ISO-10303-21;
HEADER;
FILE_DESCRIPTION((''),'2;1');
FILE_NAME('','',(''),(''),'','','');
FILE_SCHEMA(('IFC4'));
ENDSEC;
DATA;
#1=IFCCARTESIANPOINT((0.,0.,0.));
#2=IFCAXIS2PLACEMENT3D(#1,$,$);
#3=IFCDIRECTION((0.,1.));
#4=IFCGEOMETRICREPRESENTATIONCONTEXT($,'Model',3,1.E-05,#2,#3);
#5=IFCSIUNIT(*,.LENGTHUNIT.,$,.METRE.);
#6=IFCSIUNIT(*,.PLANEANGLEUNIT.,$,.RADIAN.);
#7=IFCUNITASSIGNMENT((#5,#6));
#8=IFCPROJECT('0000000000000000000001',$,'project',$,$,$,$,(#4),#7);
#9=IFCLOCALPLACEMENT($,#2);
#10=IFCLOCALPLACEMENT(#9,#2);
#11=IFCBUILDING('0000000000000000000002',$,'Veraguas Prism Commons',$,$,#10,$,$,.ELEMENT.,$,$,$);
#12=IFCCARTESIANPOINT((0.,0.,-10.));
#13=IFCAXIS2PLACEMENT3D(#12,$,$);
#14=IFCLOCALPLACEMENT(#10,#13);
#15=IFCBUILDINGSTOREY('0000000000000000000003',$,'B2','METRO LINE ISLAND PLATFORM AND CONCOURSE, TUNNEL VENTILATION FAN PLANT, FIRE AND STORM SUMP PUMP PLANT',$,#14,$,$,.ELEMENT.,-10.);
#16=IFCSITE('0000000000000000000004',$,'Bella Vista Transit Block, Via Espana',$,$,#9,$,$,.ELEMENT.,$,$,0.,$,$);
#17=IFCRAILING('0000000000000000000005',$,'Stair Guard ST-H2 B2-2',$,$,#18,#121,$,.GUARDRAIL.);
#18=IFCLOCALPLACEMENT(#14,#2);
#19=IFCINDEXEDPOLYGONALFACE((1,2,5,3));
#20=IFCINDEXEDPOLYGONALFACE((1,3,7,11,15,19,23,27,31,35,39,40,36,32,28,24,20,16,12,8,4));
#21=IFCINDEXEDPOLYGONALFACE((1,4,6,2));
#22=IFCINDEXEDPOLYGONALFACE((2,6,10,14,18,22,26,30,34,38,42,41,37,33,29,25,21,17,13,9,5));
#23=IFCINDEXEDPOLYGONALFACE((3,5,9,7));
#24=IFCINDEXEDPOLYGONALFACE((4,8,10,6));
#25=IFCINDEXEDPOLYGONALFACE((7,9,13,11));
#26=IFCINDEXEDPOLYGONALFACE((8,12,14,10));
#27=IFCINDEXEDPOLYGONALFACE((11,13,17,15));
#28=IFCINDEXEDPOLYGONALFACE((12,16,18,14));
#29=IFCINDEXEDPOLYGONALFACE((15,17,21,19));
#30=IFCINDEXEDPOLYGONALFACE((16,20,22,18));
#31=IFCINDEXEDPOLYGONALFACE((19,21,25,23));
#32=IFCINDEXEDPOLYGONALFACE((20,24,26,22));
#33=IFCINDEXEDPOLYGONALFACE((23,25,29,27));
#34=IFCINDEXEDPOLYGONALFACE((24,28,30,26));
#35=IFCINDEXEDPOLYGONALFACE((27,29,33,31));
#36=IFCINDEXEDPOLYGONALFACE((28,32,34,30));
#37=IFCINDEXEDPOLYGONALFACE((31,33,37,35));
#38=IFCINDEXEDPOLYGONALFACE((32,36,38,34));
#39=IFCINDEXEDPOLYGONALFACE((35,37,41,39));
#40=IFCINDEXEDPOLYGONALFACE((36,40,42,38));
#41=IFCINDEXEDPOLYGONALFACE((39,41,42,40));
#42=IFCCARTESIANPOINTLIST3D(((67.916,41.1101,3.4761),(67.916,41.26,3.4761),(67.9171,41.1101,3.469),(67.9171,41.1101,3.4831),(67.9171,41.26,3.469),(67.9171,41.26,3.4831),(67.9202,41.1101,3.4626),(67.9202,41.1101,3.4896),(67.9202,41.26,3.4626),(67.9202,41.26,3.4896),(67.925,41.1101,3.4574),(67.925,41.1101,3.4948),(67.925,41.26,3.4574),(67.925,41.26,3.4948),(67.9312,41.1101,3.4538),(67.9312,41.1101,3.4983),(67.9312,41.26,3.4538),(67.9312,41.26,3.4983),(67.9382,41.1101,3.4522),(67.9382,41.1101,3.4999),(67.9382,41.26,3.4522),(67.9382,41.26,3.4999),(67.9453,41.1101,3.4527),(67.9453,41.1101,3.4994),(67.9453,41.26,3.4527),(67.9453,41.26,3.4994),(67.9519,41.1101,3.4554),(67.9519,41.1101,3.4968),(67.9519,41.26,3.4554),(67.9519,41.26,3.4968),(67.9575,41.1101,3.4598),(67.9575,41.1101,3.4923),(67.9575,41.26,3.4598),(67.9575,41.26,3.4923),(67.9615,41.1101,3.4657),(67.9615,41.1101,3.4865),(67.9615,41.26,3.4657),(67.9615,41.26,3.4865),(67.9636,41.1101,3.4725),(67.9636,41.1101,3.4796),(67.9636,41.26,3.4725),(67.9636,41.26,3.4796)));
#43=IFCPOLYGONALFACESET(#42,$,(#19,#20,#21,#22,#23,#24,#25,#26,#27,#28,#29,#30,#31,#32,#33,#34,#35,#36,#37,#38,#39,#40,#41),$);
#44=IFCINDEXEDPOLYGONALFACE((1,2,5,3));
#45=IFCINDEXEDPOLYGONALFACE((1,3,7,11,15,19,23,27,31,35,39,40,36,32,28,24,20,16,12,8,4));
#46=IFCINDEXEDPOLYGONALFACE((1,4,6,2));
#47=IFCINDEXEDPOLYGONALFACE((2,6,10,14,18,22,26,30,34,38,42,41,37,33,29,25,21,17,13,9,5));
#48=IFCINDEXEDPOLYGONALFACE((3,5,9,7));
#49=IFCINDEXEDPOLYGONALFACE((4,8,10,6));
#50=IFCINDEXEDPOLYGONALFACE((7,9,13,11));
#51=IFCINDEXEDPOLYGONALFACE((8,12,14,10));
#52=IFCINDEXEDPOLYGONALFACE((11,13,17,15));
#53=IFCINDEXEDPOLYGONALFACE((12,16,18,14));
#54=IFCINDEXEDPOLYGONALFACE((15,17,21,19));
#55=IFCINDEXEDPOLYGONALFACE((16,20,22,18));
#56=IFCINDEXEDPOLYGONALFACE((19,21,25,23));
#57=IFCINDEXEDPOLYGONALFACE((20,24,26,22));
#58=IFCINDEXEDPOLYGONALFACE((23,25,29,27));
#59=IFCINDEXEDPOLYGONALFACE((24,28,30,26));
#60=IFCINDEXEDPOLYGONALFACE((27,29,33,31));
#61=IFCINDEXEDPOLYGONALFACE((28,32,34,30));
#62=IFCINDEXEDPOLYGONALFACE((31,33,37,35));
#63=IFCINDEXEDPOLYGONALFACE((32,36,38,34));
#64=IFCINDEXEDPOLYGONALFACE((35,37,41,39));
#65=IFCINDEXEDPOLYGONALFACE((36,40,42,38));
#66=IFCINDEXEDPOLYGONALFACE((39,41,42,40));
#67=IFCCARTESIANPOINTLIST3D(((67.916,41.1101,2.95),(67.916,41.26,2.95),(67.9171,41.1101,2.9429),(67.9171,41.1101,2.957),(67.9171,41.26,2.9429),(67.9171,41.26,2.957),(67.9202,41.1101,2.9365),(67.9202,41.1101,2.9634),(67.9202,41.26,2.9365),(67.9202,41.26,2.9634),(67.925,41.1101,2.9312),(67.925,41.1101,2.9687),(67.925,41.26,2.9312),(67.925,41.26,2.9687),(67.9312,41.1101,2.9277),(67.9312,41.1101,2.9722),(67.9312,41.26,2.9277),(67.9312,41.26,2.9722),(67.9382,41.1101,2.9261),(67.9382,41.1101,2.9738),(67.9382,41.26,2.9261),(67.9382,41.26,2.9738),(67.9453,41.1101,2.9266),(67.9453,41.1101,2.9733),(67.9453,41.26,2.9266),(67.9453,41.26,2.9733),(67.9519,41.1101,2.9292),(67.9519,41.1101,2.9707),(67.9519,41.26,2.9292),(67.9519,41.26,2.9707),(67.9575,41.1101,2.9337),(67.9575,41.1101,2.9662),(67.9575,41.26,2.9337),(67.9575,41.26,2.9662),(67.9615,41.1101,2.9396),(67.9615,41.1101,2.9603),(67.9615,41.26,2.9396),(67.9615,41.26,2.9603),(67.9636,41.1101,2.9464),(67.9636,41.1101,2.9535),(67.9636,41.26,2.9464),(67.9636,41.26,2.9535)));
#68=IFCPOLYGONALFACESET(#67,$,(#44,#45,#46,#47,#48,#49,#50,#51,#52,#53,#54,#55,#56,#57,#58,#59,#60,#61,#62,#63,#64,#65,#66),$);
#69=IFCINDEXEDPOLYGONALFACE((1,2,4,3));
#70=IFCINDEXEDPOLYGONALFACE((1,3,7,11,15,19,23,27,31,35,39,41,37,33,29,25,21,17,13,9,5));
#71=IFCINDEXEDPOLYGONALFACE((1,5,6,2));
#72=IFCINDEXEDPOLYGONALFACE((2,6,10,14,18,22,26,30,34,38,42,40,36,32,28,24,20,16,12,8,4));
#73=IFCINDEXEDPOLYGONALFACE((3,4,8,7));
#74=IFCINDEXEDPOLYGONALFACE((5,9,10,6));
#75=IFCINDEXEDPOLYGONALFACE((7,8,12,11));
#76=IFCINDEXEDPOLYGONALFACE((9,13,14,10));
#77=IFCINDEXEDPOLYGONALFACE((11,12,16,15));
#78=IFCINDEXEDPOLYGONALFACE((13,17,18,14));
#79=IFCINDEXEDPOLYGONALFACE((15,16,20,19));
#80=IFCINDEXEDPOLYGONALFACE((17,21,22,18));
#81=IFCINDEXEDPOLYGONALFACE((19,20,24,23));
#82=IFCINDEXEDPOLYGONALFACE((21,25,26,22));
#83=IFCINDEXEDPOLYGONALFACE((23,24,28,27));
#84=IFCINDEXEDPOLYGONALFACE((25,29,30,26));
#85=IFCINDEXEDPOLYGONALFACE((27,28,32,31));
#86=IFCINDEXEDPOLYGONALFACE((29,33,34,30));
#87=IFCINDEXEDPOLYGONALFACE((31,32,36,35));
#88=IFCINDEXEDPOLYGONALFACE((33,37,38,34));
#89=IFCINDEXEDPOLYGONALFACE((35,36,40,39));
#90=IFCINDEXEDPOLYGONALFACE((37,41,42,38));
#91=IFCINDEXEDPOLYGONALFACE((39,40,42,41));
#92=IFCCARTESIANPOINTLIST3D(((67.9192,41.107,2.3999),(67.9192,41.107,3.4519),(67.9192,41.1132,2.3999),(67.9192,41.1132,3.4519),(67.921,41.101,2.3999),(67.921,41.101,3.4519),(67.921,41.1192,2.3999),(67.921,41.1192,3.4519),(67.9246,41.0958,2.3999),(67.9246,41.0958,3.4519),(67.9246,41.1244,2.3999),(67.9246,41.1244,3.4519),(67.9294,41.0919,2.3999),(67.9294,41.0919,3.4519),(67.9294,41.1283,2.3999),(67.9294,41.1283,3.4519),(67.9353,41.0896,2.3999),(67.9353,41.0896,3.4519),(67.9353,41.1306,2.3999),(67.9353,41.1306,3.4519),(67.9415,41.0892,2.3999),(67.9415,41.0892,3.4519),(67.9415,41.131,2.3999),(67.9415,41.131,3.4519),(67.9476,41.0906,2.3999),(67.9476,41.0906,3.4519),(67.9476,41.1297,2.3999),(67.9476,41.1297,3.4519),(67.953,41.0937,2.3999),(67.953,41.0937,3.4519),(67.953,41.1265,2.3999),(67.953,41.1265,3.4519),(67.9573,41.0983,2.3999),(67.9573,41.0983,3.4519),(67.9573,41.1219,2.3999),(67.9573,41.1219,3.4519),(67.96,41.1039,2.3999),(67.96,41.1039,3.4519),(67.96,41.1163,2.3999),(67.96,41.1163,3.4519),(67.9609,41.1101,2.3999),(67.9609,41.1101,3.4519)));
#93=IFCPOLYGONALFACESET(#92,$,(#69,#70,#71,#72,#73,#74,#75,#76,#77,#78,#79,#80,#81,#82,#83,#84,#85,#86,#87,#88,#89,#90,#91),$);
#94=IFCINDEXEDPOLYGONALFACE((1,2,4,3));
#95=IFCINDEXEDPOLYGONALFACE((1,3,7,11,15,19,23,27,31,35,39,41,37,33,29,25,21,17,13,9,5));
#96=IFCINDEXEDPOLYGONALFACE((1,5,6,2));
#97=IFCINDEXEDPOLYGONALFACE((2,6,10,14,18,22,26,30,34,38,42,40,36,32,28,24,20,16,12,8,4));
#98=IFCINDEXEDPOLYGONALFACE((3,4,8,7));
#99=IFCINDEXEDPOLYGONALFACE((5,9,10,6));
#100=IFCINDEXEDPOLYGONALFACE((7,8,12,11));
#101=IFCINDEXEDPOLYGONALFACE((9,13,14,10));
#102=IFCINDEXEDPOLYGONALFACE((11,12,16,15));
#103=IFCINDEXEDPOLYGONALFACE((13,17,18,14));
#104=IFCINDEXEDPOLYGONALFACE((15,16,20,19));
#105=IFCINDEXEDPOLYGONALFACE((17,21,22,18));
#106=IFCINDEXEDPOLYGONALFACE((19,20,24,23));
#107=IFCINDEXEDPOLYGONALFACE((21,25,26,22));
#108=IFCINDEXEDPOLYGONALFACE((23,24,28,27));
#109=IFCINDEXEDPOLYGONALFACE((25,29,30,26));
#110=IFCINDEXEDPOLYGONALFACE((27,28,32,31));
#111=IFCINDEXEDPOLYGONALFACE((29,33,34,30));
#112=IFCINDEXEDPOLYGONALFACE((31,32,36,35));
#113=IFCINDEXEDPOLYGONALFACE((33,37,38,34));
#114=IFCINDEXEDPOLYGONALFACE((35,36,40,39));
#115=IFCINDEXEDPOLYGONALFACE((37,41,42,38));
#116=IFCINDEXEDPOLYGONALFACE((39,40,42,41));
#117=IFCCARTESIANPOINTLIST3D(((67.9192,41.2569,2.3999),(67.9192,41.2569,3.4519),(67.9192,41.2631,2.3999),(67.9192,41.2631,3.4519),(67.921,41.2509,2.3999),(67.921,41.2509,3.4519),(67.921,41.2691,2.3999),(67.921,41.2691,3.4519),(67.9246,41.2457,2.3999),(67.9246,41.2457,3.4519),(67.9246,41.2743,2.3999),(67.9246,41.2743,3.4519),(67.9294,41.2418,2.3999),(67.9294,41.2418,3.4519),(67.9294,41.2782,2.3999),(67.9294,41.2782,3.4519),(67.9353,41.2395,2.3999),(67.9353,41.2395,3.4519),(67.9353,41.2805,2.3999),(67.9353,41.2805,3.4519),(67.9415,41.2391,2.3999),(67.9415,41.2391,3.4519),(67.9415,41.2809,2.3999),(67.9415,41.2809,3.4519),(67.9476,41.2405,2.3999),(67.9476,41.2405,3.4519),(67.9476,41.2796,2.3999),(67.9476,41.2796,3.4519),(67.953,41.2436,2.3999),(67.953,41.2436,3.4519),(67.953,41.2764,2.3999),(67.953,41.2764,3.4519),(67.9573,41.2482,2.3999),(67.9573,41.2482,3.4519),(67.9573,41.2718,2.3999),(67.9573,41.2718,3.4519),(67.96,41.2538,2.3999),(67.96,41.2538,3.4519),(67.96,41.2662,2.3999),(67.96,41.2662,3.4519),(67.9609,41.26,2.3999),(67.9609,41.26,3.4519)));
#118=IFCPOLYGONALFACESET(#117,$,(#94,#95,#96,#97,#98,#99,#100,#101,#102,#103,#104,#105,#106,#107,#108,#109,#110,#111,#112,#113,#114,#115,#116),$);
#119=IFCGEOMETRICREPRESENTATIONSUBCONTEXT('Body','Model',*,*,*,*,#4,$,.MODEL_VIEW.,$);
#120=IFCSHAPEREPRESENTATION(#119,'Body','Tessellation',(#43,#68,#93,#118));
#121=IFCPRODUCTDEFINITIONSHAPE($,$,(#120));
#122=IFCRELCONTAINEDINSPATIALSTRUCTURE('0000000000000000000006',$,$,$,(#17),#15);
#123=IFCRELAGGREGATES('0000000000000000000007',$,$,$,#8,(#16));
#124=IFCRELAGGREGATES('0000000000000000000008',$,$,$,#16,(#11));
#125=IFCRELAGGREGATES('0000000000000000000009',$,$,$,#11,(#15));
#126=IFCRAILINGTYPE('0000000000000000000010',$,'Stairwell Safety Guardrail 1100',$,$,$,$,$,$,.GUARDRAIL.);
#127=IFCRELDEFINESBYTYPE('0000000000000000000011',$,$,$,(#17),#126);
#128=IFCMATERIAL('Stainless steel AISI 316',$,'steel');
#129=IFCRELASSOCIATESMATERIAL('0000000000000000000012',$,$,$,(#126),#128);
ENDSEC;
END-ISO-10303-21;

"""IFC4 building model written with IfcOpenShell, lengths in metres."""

from ifc_helpers import new_model, si_unit, direction, frame, origin, origin_2d, place, context, subcontext, project, spatial, circle, extrude, material, type_object, element, save


model = new_model("IFC4")

# Units and contexts
model_context = context("Model", 3, precision=1e-05, world=origin(), true_north=direction((0.0, 1.0)))
body_context = subcontext(model_context, "Body", "Model", "MODEL_VIEW")
ifc_project = project(units=[si_unit("LENGTHUNIT", "METRE"), si_unit("PLANEANGLEUNIT", "RADIAN")], contexts=[model_context])

# Site, building, storey
site_placement = place(None, origin())
site = spatial("IfcSite", under=ifc_project, at=site_placement, Name="Bella Vista Transit Block, Via Espana", CompositionType="ELEMENT", RefElevation=0.0)
building_placement = place(site_placement, origin())
building = spatial("IfcBuilding", under=site, at=building_placement, Name="Veraguas Prism Commons", CompositionType="ELEMENT")
storey_placement = place(building_placement, frame((0.0, 0.0, -10.0)))
storey = spatial("IfcBuildingStorey", under=building, at=storey_placement, Name="B2", Description="METRO LINE ISLAND PLATFORM AND CONCOURSE, TUNNEL VENTILATION FAN PLANT, FIRE AND STORM SUMP PUMP PLANT", CompositionType="ELEMENT", Elevation=-10.0)

# Railing
ifc_material_1 = material(Name="Stainless steel AISI 316", Category="steel")
railing_type_1 = type_object("IfcRailingType", Name="Stairwell Safety Guardrail 1100", PredefinedType="GUARDRAIL", material=ifc_material_1)
railing_1_placement = place(storey_placement, frame((67.9399, 41.1101, 2.3999)))
element("IfcRailing", 1, at=railing_1_placement, inside=storey, type_object=railing_type_1, Name="Stair Guard ST-H2 B2-2", PredefinedType="GUARDRAIL", context=body_context, shape_type="SweptSolid", body=[
    extrude(circle(Radius=0.0239, at=origin_2d()), frame((0.0, 0.0, 1.0762), z_axis=(0.0, 1.0, 0.0), x_axis=(-1.0, 0.0, 0.0)), (0.0, 0.0, 1.0), 0.1499),
    extrude(circle(Radius=0.0239, at=origin_2d()), frame((0.0, 0.0, 0.55), z_axis=(0.0, 1.0, 0.0), x_axis=(-1.0, 0.0, 0.0)), (0.0, 0.0, 1.0), 0.1499),
    extrude(circle(Radius=0.021, at=origin_2d()), origin(), (0.0, 0.0, 1.0), 1.052),
    extrude(circle(Radius=0.021, at=origin_2d()), frame((0.0, 0.1499, 0.0)), (0.0, 0.0, 1.0), 1.052),
])

save(model, "model.ifc")
